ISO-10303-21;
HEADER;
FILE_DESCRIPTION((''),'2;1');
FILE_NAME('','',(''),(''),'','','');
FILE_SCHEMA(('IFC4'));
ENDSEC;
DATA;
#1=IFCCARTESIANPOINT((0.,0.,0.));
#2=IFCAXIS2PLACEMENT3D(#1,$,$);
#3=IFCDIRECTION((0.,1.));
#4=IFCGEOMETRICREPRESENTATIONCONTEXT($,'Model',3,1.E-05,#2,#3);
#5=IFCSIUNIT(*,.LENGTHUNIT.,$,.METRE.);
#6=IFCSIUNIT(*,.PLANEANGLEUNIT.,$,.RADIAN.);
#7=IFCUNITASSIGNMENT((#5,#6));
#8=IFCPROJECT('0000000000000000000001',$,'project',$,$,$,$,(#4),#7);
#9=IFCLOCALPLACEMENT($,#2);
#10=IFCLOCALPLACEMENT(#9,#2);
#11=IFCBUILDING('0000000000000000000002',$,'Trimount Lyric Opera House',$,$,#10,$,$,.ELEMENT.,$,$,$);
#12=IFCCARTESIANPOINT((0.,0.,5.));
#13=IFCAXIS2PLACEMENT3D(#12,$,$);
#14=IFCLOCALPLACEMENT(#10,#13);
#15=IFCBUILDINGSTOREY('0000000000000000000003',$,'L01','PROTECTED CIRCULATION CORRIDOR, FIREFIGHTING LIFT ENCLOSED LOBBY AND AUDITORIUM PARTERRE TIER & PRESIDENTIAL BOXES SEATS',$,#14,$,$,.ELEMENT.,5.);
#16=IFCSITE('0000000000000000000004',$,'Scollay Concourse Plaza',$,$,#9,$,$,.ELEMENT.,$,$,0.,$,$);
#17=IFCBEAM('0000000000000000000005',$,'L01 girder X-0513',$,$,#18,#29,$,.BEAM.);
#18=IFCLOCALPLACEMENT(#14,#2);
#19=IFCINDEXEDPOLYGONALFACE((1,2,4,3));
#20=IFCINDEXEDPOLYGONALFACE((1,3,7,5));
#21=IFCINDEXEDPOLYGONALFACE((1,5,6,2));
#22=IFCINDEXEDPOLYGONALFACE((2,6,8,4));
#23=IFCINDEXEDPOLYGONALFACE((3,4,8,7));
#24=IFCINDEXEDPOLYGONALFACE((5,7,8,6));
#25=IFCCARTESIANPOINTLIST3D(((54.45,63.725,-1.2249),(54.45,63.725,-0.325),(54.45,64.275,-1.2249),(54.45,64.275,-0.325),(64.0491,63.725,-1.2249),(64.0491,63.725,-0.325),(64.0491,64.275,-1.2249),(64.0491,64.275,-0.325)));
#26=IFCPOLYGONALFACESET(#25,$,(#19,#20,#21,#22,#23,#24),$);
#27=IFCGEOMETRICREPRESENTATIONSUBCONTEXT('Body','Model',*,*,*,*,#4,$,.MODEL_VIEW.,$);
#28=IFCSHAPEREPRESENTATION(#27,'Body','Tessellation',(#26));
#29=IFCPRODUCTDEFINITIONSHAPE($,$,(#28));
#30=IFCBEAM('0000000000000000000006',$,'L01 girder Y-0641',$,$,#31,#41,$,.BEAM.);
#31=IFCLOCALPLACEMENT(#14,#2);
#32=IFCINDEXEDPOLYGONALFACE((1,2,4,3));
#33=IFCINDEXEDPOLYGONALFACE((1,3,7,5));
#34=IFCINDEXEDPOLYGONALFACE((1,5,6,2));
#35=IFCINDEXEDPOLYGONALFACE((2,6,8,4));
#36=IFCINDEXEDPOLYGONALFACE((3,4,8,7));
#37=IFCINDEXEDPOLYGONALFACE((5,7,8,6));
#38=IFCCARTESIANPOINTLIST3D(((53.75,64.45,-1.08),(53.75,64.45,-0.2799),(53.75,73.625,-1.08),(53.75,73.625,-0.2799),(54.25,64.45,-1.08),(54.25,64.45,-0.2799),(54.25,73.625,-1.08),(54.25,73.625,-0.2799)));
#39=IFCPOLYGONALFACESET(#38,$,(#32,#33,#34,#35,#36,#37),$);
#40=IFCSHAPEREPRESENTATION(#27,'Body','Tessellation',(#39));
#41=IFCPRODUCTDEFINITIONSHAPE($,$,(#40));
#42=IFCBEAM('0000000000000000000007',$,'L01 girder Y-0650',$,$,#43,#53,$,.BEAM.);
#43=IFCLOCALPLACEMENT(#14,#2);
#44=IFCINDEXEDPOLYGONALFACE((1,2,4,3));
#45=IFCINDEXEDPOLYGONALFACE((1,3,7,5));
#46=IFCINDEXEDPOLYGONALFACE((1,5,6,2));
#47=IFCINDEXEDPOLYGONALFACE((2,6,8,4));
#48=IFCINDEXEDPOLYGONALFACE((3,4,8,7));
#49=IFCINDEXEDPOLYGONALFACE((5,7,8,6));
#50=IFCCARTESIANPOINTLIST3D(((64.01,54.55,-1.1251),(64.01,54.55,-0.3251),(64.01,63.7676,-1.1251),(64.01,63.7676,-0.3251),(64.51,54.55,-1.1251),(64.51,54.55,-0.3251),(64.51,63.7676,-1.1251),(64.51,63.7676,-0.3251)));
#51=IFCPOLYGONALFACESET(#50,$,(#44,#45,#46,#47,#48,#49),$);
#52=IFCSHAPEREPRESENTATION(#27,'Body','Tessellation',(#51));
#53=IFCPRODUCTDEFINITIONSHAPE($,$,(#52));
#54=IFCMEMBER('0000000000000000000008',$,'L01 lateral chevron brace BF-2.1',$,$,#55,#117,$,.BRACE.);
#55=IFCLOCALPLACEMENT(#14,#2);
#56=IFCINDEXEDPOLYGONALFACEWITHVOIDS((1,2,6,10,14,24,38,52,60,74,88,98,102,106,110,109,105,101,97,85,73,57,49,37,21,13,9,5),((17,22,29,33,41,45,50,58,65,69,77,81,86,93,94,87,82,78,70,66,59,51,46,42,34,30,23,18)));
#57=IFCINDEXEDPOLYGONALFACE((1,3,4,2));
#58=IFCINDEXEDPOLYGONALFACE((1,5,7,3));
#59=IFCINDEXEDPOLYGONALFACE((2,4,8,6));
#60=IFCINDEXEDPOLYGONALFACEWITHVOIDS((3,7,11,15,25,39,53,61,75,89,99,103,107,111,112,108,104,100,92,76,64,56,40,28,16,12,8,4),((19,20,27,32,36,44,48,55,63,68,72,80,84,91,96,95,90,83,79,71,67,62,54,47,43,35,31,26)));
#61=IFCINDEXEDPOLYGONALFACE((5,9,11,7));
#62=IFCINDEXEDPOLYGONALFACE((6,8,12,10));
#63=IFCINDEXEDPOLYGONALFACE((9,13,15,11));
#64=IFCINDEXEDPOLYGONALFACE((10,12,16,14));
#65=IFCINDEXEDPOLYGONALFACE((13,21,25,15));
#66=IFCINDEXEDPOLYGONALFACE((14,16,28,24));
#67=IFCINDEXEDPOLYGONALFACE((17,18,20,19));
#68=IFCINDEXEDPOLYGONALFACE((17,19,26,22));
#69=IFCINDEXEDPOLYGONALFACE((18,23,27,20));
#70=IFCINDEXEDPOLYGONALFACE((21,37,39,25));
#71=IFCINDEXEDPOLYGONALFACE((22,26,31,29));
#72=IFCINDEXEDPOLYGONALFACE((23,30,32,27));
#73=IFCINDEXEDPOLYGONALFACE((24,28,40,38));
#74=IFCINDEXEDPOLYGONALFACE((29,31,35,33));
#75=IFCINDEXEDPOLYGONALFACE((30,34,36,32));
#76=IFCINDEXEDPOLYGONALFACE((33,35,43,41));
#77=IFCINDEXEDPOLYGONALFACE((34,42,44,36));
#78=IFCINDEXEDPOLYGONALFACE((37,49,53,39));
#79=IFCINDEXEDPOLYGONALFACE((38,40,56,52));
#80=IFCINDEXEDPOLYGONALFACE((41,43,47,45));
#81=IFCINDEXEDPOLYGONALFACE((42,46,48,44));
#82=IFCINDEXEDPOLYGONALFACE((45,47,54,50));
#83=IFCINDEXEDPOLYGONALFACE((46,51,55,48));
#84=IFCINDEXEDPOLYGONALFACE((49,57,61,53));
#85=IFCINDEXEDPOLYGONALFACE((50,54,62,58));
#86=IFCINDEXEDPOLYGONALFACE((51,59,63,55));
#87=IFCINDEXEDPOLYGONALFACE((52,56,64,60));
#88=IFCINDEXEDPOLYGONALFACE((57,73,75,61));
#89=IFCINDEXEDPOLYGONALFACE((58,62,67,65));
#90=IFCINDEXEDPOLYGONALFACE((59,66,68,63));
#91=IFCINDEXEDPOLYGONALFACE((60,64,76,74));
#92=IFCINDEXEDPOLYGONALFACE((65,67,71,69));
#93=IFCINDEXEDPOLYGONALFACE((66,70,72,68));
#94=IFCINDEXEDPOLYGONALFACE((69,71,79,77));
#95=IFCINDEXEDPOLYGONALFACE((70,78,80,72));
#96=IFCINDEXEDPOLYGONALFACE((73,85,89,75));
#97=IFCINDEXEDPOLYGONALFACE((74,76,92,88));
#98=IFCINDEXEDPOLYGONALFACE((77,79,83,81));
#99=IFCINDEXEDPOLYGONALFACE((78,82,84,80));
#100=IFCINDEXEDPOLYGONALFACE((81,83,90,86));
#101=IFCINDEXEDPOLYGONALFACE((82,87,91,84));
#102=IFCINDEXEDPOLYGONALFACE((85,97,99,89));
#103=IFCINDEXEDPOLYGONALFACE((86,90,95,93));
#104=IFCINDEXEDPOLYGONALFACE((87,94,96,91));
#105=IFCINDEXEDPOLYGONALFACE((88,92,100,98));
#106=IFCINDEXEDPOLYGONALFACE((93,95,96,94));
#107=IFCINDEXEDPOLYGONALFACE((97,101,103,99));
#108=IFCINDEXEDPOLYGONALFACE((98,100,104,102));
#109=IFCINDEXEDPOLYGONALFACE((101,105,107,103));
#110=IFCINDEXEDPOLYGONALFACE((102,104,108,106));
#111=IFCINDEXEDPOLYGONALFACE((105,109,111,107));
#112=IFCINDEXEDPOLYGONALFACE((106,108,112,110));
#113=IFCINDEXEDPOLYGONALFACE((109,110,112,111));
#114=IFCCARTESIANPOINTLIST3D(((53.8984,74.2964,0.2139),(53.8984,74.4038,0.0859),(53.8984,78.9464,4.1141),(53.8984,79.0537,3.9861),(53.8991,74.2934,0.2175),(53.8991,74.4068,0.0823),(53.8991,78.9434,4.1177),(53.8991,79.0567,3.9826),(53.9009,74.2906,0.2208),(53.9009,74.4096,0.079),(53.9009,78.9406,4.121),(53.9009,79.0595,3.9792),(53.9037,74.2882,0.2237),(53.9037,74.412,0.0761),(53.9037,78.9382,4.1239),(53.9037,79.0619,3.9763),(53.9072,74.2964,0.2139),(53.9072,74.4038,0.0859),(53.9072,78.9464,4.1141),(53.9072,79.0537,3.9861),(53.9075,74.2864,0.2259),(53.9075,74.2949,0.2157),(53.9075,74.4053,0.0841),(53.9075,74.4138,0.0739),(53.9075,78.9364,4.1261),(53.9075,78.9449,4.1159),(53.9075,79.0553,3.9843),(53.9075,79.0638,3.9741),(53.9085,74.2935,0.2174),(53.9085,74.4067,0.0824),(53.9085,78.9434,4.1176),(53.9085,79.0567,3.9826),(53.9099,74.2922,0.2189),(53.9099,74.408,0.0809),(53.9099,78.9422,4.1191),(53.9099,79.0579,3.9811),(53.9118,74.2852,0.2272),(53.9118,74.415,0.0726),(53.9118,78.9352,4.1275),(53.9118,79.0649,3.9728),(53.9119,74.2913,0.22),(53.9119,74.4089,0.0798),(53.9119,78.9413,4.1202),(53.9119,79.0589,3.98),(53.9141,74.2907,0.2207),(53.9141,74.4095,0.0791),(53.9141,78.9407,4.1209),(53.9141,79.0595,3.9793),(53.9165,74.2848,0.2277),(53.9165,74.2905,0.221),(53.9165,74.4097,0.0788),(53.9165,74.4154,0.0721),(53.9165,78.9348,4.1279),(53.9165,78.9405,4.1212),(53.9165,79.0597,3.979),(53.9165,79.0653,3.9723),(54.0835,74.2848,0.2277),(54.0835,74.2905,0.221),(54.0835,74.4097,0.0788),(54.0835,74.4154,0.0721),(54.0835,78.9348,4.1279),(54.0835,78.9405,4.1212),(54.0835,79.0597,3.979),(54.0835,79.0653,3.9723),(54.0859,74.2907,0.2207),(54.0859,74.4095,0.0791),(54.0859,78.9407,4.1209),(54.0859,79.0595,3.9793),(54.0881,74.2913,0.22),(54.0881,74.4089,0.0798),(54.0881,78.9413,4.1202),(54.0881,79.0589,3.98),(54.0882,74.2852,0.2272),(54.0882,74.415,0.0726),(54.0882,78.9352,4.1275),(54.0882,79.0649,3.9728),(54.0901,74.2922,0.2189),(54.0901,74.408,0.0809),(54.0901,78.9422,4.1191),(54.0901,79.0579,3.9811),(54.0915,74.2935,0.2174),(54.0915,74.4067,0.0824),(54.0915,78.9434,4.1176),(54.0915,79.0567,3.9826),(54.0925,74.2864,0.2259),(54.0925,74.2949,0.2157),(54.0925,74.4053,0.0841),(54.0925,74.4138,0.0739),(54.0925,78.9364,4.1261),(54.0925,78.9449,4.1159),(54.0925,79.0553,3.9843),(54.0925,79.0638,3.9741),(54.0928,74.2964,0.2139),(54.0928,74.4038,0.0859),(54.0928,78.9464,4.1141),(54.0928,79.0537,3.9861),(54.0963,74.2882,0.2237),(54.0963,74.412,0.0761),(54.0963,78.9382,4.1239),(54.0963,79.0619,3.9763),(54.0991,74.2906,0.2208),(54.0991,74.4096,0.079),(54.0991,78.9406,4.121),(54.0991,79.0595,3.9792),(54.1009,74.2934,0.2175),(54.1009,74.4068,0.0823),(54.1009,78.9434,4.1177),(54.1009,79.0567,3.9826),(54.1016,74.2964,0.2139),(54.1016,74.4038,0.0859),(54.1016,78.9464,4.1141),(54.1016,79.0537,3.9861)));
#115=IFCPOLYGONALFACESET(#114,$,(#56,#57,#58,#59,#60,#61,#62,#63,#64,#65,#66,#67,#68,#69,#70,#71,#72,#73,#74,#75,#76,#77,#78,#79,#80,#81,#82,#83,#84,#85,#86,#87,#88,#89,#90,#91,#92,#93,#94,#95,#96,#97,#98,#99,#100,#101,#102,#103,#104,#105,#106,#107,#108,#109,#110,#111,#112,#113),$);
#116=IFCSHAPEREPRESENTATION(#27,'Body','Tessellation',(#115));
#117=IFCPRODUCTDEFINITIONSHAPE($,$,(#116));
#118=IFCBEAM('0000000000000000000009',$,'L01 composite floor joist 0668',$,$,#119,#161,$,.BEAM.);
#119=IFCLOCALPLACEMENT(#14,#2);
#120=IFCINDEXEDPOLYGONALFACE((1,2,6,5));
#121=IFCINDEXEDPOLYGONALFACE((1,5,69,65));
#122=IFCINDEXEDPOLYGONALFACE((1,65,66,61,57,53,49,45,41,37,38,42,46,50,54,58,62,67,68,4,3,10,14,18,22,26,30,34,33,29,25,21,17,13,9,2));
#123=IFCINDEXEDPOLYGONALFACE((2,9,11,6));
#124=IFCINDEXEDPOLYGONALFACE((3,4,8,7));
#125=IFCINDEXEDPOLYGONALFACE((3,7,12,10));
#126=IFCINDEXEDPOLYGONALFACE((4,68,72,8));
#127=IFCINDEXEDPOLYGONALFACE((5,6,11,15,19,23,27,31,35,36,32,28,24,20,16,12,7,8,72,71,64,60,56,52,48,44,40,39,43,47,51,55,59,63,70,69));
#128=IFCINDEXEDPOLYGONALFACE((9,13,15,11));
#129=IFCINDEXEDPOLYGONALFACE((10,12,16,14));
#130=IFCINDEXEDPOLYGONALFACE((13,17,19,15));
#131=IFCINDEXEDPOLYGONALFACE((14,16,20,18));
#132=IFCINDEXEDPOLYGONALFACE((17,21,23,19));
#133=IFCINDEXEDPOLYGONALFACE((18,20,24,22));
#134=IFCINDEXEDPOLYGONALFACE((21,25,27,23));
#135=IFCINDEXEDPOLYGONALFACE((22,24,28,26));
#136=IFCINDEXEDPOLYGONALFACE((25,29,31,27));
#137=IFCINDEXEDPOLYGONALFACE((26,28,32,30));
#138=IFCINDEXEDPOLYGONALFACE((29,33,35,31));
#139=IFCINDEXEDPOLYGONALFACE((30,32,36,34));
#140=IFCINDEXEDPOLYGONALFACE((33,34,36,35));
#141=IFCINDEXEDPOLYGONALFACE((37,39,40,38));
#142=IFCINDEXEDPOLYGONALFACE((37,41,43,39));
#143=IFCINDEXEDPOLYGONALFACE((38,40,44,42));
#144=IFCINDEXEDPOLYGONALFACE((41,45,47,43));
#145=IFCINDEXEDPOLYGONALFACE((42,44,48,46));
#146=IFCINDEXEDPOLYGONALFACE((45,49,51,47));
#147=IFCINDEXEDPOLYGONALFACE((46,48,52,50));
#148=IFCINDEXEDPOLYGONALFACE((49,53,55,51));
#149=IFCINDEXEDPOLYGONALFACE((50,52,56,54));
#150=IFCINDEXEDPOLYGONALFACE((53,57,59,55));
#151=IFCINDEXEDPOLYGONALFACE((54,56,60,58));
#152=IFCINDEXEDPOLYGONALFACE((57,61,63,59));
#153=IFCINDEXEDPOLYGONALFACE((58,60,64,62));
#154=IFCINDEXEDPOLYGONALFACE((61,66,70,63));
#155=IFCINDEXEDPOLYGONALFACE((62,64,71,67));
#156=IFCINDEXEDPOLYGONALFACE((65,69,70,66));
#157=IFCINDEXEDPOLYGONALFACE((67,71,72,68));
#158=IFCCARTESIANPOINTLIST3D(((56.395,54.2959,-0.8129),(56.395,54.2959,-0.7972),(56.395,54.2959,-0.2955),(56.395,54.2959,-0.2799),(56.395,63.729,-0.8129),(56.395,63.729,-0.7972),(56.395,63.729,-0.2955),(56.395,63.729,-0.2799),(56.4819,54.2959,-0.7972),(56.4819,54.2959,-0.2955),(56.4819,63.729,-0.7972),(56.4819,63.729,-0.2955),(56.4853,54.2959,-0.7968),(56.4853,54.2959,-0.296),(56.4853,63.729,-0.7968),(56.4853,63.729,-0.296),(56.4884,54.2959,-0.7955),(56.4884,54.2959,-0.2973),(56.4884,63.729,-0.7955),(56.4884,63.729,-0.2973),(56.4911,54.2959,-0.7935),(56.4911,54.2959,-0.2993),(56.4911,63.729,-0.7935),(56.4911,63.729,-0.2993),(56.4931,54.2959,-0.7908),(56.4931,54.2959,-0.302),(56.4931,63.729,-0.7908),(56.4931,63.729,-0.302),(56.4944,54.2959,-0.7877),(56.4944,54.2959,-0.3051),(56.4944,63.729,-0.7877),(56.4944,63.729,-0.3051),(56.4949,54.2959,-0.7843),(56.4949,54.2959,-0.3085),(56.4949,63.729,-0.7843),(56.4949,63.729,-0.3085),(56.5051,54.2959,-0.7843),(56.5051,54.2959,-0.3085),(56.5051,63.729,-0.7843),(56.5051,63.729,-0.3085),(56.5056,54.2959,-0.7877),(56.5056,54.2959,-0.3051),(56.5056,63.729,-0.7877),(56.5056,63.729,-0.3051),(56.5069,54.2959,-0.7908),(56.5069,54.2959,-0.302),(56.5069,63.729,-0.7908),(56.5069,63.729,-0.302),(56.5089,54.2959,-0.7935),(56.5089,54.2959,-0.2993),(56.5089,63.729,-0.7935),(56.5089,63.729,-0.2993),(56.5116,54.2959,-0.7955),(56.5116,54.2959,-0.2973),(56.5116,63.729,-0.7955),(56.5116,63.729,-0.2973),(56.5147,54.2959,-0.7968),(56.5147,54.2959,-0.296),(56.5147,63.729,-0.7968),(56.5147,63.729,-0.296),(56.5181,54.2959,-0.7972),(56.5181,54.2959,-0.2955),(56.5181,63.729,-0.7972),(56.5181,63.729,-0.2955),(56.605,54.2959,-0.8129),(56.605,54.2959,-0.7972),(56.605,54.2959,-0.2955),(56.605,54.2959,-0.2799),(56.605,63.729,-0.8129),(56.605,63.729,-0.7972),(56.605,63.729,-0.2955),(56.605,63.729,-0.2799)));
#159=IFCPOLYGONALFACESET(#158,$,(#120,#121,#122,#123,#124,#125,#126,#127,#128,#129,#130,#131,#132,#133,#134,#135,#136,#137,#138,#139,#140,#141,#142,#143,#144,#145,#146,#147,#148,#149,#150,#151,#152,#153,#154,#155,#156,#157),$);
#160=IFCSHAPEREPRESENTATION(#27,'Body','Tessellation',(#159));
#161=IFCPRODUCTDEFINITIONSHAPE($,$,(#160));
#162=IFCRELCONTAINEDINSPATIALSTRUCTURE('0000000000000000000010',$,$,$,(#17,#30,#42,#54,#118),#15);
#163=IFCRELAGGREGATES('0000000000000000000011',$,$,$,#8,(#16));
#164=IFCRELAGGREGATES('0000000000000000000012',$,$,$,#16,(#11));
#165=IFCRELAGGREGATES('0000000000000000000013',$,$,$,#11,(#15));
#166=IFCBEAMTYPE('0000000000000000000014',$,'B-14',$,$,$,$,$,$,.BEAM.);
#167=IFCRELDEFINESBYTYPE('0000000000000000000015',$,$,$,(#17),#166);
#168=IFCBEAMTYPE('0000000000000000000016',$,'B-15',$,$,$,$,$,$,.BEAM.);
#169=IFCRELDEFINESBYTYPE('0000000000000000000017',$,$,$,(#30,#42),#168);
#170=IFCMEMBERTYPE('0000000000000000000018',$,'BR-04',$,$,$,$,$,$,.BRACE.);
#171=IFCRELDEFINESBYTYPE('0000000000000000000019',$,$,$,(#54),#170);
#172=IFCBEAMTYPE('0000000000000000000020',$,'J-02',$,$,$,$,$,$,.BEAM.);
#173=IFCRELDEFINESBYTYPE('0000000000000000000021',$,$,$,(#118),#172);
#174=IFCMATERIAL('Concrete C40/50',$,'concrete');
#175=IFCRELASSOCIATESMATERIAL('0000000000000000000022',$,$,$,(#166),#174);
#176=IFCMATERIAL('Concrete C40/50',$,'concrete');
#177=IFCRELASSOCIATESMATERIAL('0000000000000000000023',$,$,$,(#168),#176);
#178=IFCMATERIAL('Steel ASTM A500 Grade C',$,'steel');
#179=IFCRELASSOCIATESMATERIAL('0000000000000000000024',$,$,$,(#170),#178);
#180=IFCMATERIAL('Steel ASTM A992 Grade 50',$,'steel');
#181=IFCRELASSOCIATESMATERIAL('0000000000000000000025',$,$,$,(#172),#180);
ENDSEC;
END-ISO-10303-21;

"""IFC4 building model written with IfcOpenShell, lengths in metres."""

from ifc_helpers import new_model, si_unit, direction, frame, origin, origin_2d, place, context, subcontext, project, spatial, rectangle, hollow_rectangle, i_section, extrude, material, material_profile, profile_set, type_object, element, save


model = new_model("IFC4")

# Units and contexts
model_context = context("Model", 3, precision=1e-05, world=origin(), true_north=direction((0.0, 1.0)))
body_context = subcontext(model_context, "Body", "Model", "MODEL_VIEW")
ifc_project = project(units=[si_unit("LENGTHUNIT", "METRE"), si_unit("PLANEANGLEUNIT", "RADIAN")], contexts=[model_context])

# Site, building, storey
site_placement = place(None, origin())
site = spatial("IfcSite", under=ifc_project, at=site_placement, Name="Scollay Concourse Plaza", CompositionType="ELEMENT", RefElevation=0.0)
building_placement = place(site_placement, origin())
building = spatial("IfcBuilding", under=site, at=building_placement, Name="Trimount Lyric Opera House", CompositionType="ELEMENT")
storey_placement = place(building_placement, frame((0.0, 0.0, 5.0)))
storey = spatial("IfcBuildingStorey", under=building, at=storey_placement, Name="L01", Description="PROTECTED CIRCULATION CORRIDOR, FIREFIGHTING LIFT ENCLOSED LOBBY AND AUDITORIUM PARTERRE TIER & PRESIDENTIAL BOXES SEATS", CompositionType="ELEMENT", Elevation=5.0)

# Beams
ifc_material_1 = material(Name="Concrete C40/50", Category="concrete")
ifc_material_profile_1 = material_profile(ifc_material_1, rectangle(XDim=0.55, YDim=0.8999, at=origin_2d()), Name="RC550X900")
ifc_profile_set_1 = profile_set([ifc_material_profile_1], Name="Concrete C40/50")
beam_type_1 = type_object("IfcBeamType", Name="B-14", PredefinedType="BEAM", material=ifc_profile_set_1)
beam_1_placement = place(storey_placement, frame((54.45, 64.0, -0.7749), z_axis=(1.0, 0.0, 0.0), x_axis=(0.0, 1.0, 0.0)))
element("IfcBeam", 1, at=beam_1_placement, inside=storey, type_object=beam_type_1, Name="L01 girder X-0513", PredefinedType="BEAM", context=body_context, shape_type="SweptSolid", body=[
    extrude(rectangle(XDim=0.55, YDim=0.8999, at=origin_2d()), origin(), (0.0, 0.0, 1.0), 9.5991),
])
ifc_material_2 = material(Name="Concrete C40/50", Category="concrete")
ifc_material_profile_2 = material_profile(ifc_material_2, rectangle(XDim=0.5, YDim=0.8, at=origin_2d()), Name="RC500X800")
ifc_profile_set_2 = profile_set([ifc_material_profile_2], Name="Concrete C40/50")
beam_type_2 = type_object("IfcBeamType", Name="B-15", PredefinedType="BEAM", material=ifc_profile_set_2)
beam_2_placement = place(storey_placement, frame((54.0, 64.45, -0.6799), z_axis=(0.0, 1.0, 0.0), x_axis=(-1.0, 0.0, 0.0)))
element("IfcBeam", 2, at=beam_2_placement, inside=storey, type_object=beam_type_2, Name="L01 girder Y-0641", PredefinedType="BEAM", context=body_context, shape_type="SweptSolid", body=[
    extrude(rectangle(XDim=0.5, YDim=0.8, at=origin_2d()), origin(), (0.0, 0.0, 1.0), 9.175),
])
beam_3_placement = place(storey_placement, frame((64.26, 54.55, -0.7251), z_axis=(0.0, 1.0, 0.0), x_axis=(-1.0, 0.0, 0.0)))
element("IfcBeam", 3, at=beam_3_placement, inside=storey, type_object=beam_type_2, Name="L01 girder Y-0650", PredefinedType="BEAM", context=body_context, shape_type="SweptSolid", body=[
    extrude(rectangle(XDim=0.5, YDim=0.8, at=origin_2d()), origin(), (0.0, 0.0, 1.0), 9.2175),
])

# Member
ifc_material_3 = material(Name="Steel ASTM A500 Grade C", Category="steel")
ifc_material_profile_3 = material_profile(ifc_material_3, hollow_rectangle(XDim=0.2031, YDim=0.2031, WallThickness=0.0088, InnerFilletRadius=0.0093, OuterFilletRadius=0.0181, at=origin_2d()), Name="HSS203.2X203.2X9.5")
ifc_profile_set_3 = profile_set([ifc_material_profile_3], Name="Steel ASTM A500 Grade C")
member_type = type_object("IfcMemberType", Name="BR-04", PredefinedType="BRACE", material=ifc_profile_set_3)
member_placement = place(storey_placement, frame((54.0, 74.3501, 0.1499), z_axis=(0.0, 0.766173, 0.642634), x_axis=(-1.0, 0.0, 0.0)))
element("IfcMember", 4, at=member_placement, inside=storey, type_object=member_type, Name="L01 lateral chevron brace BF-2.1", PredefinedType="BRACE", context=body_context, shape_type="SweptSolid", body=[
    extrude(hollow_rectangle(XDim=0.2031, YDim=0.2031, WallThickness=0.0088, InnerFilletRadius=0.0093, OuterFilletRadius=0.0181, at=origin_2d()), origin(), (0.0, 0.0, 1.0), 6.0691),
])

# Beam
ifc_material_4 = material(Name="Steel ASTM A992 Grade 50", Category="steel")
ifc_material_profile_4 = material_profile(ifc_material_4, i_section(OverallWidth=0.21, OverallDepth=0.533, WebThickness=0.0103, FlangeThickness=0.0156, FilletRadius=0.0129, at=origin_2d()), Name="W21X62")
ifc_profile_set_4 = profile_set([ifc_material_profile_4], Name="Steel ASTM A992 Grade 50")
beam_type_3 = type_object("IfcBeamType", Name="J-02", PredefinedType="BEAM", material=ifc_profile_set_4)
beam_4_placement = place(storey_placement, frame((56.5, 54.2959, -0.5464), z_axis=(0.0, 1.0, 0.0), x_axis=(-1.0, 0.0, 0.0)))
element("IfcBeam", 5, at=beam_4_placement, inside=storey, type_object=beam_type_3, Name="L01 composite floor joist 0668", PredefinedType="BEAM", context=body_context, shape_type="SweptSolid", body=[
    extrude(i_section(OverallWidth=0.21, OverallDepth=0.533, WebThickness=0.0103, FlangeThickness=0.0156, FilletRadius=0.0129, at=origin_2d()), origin(), (0.0, 0.0, 1.0), 9.4331),
])

save(model, "model.ifc")
